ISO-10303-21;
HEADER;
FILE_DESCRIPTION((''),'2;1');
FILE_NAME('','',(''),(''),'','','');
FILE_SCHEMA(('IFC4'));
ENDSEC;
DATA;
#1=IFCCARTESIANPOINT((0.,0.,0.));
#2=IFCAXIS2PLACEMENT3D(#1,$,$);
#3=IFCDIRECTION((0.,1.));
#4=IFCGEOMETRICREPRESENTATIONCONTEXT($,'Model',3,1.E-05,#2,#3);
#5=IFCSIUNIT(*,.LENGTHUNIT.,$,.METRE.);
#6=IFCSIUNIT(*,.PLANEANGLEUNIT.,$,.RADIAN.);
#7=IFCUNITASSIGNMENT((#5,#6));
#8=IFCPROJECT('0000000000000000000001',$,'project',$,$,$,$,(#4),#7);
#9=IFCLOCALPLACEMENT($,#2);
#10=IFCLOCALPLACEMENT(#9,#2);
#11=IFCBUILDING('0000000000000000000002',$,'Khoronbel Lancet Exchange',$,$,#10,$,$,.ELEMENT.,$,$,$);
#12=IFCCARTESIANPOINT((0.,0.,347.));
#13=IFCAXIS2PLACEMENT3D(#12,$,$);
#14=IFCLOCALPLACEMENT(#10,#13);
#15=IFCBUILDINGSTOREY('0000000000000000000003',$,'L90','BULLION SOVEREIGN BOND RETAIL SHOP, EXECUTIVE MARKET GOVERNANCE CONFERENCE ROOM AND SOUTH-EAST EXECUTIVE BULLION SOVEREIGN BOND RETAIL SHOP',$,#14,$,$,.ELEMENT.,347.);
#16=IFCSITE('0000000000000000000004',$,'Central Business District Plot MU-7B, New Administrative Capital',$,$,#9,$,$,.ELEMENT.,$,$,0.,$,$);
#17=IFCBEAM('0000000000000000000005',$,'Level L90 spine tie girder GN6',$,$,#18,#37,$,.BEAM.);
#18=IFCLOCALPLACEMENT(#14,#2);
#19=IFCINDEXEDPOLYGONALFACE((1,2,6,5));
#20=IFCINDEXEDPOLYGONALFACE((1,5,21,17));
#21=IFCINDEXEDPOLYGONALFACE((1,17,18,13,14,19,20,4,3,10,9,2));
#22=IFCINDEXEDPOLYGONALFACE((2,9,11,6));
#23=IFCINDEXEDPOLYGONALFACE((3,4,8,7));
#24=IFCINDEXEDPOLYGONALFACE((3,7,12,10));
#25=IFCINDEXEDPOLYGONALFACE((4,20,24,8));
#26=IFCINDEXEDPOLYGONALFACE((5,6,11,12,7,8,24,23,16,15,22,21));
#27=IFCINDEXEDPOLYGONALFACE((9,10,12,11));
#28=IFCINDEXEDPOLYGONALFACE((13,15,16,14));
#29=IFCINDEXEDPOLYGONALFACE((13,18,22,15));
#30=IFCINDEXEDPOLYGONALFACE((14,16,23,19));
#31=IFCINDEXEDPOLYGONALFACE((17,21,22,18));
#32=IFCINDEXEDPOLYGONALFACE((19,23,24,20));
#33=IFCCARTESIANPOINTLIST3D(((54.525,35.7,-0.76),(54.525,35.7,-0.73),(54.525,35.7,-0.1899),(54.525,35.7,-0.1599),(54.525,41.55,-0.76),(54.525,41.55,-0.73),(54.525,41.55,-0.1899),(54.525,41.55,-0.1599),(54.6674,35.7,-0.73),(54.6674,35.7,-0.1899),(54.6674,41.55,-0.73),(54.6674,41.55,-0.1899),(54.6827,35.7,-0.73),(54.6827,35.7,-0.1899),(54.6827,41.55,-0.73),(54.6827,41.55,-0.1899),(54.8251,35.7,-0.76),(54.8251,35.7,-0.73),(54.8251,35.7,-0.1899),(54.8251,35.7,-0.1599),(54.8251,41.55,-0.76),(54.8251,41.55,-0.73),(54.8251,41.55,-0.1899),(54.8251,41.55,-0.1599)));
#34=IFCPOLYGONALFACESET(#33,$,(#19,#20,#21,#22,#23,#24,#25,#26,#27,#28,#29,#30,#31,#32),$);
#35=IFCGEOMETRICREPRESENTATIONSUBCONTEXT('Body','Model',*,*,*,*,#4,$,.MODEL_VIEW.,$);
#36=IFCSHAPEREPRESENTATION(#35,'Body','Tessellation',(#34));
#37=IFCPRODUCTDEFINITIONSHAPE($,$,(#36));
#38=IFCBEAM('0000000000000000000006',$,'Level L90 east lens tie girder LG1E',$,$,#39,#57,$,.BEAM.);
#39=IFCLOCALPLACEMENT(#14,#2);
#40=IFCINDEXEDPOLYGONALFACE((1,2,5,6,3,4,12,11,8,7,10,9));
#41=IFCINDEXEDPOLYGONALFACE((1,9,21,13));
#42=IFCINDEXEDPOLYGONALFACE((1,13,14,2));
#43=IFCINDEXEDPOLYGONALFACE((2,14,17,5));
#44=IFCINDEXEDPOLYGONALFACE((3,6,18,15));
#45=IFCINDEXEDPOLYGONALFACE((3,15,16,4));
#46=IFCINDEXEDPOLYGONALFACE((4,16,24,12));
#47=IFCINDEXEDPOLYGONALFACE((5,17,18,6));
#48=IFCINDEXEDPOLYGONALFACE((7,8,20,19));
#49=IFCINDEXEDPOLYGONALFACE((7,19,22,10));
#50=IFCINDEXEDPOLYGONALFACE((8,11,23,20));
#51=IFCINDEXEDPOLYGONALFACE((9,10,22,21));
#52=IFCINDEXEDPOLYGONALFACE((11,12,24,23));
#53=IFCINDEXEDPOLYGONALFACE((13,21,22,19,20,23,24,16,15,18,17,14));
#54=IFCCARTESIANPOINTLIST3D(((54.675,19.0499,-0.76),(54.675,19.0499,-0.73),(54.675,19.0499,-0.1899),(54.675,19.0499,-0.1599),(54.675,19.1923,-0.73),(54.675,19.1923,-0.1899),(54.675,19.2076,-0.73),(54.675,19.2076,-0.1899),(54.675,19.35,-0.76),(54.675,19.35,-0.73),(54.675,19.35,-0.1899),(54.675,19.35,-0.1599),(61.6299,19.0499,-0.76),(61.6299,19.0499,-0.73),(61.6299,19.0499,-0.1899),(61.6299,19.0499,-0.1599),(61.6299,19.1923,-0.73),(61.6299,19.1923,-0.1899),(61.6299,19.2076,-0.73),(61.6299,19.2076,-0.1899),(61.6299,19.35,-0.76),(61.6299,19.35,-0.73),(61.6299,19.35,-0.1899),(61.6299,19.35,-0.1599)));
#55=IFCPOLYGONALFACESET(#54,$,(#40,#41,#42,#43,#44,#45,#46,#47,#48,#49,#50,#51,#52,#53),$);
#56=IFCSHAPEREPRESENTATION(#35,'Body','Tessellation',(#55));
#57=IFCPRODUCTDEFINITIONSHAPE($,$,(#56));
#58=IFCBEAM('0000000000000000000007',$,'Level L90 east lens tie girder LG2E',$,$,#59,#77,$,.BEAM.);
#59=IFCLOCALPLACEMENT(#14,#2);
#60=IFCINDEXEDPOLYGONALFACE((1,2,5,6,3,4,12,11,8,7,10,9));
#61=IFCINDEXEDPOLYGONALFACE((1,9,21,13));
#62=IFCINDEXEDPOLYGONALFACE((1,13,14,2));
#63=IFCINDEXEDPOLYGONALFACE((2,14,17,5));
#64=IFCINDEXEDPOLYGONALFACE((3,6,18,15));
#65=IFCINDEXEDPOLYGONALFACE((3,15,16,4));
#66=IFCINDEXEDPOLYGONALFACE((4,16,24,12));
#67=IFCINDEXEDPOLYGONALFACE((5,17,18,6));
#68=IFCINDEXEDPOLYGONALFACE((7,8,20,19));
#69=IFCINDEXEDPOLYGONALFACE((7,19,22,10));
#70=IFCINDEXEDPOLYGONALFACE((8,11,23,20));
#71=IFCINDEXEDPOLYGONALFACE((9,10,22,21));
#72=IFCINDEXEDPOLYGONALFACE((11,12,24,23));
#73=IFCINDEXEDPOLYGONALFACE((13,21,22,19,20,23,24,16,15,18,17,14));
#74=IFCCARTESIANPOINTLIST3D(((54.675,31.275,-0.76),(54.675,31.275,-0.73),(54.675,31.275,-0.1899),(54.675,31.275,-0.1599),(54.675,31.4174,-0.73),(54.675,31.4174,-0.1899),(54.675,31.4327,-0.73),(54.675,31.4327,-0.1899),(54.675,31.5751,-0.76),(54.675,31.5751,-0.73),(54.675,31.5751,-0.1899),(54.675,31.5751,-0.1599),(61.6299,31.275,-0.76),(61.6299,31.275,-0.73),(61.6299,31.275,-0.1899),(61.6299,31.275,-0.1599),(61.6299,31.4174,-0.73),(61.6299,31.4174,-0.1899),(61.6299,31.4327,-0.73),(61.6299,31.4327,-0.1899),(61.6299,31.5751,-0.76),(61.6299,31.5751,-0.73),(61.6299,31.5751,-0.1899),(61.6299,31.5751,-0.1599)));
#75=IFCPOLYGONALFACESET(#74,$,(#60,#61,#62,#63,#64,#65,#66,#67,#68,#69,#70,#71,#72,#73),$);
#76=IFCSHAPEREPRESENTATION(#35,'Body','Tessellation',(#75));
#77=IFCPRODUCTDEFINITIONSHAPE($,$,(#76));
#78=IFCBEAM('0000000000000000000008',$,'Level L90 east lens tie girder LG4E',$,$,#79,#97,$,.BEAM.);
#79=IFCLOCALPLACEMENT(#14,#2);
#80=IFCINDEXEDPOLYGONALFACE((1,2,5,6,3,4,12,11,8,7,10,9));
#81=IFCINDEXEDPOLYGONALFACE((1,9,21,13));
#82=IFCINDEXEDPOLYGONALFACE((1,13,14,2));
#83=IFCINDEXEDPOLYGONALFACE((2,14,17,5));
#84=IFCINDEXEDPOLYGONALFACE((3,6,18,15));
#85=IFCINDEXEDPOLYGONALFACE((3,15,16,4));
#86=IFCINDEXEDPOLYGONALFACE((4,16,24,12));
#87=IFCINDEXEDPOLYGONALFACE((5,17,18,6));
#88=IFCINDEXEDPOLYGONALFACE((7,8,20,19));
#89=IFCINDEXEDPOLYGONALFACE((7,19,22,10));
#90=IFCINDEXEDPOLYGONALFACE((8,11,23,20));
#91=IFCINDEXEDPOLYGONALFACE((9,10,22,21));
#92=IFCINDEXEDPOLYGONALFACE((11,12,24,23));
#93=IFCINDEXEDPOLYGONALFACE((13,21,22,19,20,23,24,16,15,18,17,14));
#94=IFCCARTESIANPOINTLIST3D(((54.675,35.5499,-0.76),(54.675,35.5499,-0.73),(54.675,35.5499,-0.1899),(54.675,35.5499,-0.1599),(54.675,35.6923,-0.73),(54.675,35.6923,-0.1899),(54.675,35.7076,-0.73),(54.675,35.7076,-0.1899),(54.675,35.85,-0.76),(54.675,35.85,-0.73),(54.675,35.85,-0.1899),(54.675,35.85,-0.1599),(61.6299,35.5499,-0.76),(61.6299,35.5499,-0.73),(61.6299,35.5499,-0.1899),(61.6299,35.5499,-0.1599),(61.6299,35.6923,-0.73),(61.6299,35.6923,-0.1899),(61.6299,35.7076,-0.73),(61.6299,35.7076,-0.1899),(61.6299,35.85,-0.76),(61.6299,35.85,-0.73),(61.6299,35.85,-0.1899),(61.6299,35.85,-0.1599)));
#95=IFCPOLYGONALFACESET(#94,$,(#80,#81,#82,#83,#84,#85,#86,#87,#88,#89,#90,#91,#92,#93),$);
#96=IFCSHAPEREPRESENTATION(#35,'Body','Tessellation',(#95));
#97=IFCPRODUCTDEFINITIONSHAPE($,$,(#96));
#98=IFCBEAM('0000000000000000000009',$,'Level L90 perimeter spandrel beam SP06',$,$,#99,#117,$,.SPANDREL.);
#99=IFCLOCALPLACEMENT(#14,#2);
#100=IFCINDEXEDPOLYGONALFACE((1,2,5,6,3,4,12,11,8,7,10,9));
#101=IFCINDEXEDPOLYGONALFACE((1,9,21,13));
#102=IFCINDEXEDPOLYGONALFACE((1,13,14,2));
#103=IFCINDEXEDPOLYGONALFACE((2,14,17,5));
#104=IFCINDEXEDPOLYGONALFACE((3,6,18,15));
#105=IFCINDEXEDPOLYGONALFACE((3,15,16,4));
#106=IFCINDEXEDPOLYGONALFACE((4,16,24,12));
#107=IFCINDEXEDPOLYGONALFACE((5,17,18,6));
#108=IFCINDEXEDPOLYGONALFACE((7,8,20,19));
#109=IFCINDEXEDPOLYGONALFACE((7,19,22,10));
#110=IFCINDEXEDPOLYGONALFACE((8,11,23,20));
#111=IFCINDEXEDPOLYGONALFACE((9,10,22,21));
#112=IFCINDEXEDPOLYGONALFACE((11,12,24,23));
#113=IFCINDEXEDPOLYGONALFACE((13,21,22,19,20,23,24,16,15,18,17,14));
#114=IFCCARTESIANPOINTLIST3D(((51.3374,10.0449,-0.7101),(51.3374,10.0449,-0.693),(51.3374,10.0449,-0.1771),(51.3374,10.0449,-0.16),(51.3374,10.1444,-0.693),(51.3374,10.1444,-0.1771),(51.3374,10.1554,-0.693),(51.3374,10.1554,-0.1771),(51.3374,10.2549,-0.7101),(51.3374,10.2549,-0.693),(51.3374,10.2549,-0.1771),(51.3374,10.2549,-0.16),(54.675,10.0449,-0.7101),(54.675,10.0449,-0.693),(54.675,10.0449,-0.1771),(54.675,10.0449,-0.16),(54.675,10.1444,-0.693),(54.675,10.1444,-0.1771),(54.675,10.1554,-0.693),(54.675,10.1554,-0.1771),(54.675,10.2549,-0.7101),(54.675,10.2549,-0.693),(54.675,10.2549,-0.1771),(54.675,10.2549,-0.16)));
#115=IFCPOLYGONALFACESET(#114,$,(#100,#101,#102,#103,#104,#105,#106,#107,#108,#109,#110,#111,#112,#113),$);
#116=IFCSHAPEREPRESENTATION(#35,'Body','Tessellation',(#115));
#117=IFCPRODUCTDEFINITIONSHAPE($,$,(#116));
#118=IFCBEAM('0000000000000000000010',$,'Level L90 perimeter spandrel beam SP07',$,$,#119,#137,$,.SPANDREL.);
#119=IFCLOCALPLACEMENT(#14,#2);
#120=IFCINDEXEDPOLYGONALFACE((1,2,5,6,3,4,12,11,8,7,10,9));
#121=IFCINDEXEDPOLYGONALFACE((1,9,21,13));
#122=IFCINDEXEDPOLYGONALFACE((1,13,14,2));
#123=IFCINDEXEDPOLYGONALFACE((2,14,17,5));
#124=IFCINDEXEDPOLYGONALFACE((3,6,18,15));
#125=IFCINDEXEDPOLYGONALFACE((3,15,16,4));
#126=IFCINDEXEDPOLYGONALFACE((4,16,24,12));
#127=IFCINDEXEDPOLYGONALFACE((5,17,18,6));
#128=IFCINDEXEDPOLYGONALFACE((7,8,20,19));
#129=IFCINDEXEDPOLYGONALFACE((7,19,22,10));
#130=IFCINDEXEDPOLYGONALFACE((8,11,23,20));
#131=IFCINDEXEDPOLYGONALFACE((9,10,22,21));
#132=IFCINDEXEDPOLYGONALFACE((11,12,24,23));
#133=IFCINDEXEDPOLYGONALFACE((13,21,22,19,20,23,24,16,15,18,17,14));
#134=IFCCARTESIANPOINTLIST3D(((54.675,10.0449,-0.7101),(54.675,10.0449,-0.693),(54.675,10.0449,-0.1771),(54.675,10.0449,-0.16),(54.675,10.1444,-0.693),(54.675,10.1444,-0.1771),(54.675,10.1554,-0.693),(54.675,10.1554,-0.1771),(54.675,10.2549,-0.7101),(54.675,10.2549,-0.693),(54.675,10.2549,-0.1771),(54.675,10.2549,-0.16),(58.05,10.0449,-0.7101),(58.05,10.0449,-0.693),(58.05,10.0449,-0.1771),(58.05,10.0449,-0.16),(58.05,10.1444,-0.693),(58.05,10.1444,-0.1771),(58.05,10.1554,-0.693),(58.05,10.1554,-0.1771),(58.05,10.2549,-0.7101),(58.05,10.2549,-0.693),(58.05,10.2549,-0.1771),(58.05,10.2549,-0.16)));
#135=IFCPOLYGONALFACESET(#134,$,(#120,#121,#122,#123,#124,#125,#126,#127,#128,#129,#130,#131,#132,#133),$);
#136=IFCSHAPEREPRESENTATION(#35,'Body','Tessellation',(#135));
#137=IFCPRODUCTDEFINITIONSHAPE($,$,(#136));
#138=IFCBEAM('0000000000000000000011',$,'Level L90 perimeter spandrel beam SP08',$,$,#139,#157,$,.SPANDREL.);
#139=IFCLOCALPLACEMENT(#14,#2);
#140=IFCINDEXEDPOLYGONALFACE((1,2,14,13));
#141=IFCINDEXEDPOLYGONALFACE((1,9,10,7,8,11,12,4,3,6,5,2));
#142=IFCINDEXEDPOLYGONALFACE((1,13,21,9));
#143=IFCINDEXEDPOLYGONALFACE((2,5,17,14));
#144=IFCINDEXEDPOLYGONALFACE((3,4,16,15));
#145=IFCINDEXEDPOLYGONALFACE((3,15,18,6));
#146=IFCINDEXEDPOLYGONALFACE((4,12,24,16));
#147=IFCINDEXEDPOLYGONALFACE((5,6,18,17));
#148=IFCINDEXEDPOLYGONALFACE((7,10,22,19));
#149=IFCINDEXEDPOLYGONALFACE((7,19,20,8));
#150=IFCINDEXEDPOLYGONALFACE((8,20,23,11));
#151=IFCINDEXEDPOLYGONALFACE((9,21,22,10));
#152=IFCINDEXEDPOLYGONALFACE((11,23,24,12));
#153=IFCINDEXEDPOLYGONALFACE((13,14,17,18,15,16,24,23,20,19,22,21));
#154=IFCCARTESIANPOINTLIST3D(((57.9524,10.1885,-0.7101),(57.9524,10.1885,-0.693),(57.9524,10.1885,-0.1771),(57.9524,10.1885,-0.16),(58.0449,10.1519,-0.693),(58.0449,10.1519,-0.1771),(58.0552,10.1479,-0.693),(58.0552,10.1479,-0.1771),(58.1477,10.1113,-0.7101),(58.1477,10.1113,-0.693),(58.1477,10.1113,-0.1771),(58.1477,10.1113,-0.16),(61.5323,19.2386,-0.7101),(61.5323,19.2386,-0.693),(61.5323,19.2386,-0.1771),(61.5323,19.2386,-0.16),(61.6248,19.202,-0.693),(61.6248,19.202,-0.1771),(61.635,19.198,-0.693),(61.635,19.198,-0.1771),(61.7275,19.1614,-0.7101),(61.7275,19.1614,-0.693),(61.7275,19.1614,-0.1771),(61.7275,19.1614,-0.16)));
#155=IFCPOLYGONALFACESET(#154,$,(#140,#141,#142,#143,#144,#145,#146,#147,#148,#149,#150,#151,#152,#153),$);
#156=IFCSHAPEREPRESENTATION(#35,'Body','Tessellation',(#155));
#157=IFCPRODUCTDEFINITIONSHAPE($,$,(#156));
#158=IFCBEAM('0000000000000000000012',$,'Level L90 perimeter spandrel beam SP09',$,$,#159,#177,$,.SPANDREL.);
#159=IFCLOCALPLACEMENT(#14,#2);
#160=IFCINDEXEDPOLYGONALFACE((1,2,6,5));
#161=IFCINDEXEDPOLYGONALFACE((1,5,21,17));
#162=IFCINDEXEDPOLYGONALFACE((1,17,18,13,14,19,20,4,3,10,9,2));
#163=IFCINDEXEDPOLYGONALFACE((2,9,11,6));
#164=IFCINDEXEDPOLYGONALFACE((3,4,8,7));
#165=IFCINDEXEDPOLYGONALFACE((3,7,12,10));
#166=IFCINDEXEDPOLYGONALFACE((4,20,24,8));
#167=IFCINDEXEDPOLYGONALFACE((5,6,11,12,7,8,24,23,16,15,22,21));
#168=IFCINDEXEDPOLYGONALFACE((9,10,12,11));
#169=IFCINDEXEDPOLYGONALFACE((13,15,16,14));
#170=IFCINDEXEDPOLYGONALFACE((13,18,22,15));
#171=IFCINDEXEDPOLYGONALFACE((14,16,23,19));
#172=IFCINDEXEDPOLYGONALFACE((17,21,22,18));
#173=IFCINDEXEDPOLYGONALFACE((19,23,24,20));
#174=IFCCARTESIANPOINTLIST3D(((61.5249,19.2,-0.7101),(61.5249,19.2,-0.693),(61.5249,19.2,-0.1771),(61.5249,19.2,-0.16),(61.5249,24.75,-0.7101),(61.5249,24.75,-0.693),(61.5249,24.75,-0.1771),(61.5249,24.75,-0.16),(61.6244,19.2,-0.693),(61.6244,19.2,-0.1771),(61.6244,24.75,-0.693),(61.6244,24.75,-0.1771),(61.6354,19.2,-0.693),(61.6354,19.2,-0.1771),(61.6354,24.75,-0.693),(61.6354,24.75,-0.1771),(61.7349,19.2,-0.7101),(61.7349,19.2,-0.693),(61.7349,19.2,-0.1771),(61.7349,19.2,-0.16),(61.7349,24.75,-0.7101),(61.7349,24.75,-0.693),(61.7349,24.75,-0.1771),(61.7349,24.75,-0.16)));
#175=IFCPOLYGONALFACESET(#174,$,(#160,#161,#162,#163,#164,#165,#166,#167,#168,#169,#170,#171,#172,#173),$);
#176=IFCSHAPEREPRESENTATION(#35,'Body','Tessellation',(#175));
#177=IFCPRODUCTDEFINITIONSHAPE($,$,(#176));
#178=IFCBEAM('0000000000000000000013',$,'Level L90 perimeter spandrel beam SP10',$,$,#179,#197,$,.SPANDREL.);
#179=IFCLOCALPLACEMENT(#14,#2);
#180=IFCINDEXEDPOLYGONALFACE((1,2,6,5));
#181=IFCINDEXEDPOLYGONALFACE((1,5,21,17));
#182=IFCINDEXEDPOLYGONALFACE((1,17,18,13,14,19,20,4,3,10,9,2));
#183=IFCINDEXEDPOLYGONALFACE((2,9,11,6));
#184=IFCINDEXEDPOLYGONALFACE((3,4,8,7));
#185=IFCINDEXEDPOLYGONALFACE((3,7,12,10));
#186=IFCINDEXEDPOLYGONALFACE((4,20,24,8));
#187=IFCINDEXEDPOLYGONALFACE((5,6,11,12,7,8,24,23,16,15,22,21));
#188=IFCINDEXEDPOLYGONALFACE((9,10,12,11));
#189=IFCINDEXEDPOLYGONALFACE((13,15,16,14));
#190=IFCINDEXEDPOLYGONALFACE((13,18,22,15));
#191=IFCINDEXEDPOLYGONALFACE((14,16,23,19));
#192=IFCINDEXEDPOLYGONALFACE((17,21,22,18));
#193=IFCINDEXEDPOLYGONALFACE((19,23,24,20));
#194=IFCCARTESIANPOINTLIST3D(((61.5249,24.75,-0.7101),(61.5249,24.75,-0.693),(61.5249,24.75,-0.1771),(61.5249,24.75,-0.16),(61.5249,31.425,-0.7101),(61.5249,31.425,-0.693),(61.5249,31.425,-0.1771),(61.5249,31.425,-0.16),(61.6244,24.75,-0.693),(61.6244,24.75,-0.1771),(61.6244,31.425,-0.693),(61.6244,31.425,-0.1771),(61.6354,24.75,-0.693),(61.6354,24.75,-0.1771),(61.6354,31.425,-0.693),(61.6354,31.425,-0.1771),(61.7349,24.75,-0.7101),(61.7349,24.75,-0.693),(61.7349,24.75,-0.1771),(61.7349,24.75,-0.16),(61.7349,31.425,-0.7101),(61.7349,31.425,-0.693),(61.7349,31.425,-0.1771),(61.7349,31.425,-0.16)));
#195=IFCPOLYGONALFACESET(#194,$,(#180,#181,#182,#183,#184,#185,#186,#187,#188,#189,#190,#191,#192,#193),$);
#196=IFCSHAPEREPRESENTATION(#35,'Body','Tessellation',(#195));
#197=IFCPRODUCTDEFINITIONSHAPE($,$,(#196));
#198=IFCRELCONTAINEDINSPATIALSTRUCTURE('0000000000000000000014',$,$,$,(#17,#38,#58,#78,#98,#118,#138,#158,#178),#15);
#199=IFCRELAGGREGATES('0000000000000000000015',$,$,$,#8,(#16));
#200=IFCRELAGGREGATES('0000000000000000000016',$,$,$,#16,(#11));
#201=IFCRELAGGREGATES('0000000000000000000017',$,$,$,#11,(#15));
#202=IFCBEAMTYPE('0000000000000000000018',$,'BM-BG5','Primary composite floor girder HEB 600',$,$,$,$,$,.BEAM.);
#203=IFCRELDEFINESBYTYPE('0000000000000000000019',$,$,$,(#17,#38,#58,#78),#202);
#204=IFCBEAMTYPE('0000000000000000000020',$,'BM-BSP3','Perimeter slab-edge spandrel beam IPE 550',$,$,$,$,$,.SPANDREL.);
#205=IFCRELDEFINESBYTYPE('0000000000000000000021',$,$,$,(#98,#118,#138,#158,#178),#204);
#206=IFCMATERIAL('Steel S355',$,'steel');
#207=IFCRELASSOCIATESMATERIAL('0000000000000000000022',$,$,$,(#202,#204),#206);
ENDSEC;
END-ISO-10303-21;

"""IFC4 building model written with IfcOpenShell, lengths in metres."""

from ifc_helpers import new_model, si_unit, direction, frame, origin, origin_2d, place, context, subcontext, project, spatial, i_section, extrude, material, material_profile, profile_set, type_object, element, save


model = new_model("IFC4")

# Units and contexts
model_context = context("Model", 3, precision=1e-05, world=origin(), true_north=direction((0.0, 1.0)))
body_context = subcontext(model_context, "Body", "Model", "MODEL_VIEW")
ifc_project = project(units=[si_unit("LENGTHUNIT", "METRE"), si_unit("PLANEANGLEUNIT", "RADIAN")], contexts=[model_context])

# Site, building, storey
site_placement = place(None, origin())
site = spatial("IfcSite", under=ifc_project, at=site_placement, Name="Central Business District Plot MU-7B, New Administrative Capital", CompositionType="ELEMENT", RefElevation=0.0)
building_placement = place(site_placement, origin())
building = spatial("IfcBuilding", under=site, at=building_placement, Name="Khoronbel Lancet Exchange", CompositionType="ELEMENT")
storey_placement = place(building_placement, frame((0.0, 0.0, 347.0)))
storey = spatial("IfcBuildingStorey", under=building, at=storey_placement, Name="L90", Description="BULLION SOVEREIGN BOND RETAIL SHOP, EXECUTIVE MARKET GOVERNANCE CONFERENCE ROOM AND SOUTH-EAST EXECUTIVE BULLION SOVEREIGN BOND RETAIL SHOP", CompositionType="ELEMENT", Elevation=347.0)

# Shared definitions
ifc_material_1 = material(Name="Steel S355", Category="steel")

# Beams
ifc_material_profile_1 = material_profile(ifc_material_1, i_section(OverallWidth=0.3, OverallDepth=0.6001, WebThickness=0.0154, FlangeThickness=0.03, at=origin_2d()), Name="HEB 600")
ifc_profile_set_1 = profile_set([ifc_material_profile_1], Name="Steel S355")
beam_type_1 = type_object("IfcBeamType", Name="BM-BG5", Description="Primary composite floor girder HEB 600", PredefinedType="BEAM", material=ifc_profile_set_1)
beam_1_placement = place(storey_placement, frame((54.675, 35.7, -0.46), z_axis=(0.0, 1.0, 0.0), x_axis=(-1.0, 0.0, 0.0)))
element("IfcBeam", 1, at=beam_1_placement, inside=storey, type_object=beam_type_1, Name="Level L90 spine tie girder GN6", PredefinedType="BEAM", context=body_context, shape_type="SweptSolid", body=[
    extrude(i_section(OverallWidth=0.3, OverallDepth=0.6001, WebThickness=0.0154, FlangeThickness=0.03, at=origin_2d()), origin(), (0.0, 0.0, 1.0), 5.8501),
])
for number, where, z_axis, x_axis, name in (
    (2, (54.675, 19.2, -0.46), (1.0, 0.0, 0.0), (0.0, 1.0, 0.0), "Level L90 east lens tie girder LG1E"),
    (3, (54.675, 31.425, -0.46), (1.0, 0.0, 0.0), (0.0, 1.0, 0.0), "Level L90 east lens tie girder LG2E"),
    (4, (54.675, 35.7, -0.46), (1.0, 0.0, 0.0), (0.0, 1.0, 0.0), "Level L90 east lens tie girder LG4E"),
):
    element("IfcBeam", number, at=place(storey_placement, frame(where, z_axis=z_axis, x_axis=x_axis)), inside=storey, type_object=beam_type_1, Name=name, PredefinedType="BEAM", context=body_context, shape_type="SweptSolid", body=[
        extrude(i_section(OverallWidth=0.3, OverallDepth=0.6001, WebThickness=0.0154, FlangeThickness=0.03, at=origin_2d()), origin(), (0.0, 0.0, 1.0), 6.9548),
    ])
ifc_material_profile_2 = material_profile(ifc_material_1, i_section(OverallWidth=0.21, OverallDepth=0.55, WebThickness=0.011, FlangeThickness=0.0171, at=origin_2d()), Name="IPE 550")
ifc_profile_set_2 = profile_set([ifc_material_profile_2], Name="Steel S355")
beam_type_2 = type_object("IfcBeamType", Name="BM-BSP3", Description="Perimeter slab-edge spandrel beam IPE 550", PredefinedType="SPANDREL", material=ifc_profile_set_2)
beam_2_placement = place(storey_placement, frame((51.3374, 10.1499, -0.4351), z_axis=(1.0, 0.0, 0.0), x_axis=(0.0, 1.0, 0.0)))
element("IfcBeam", 5, at=beam_2_placement, inside=storey, type_object=beam_type_2, Name="Level L90 perimeter spandrel beam SP06", PredefinedType="SPANDREL", context=body_context, shape_type="SweptSolid", body=[
    extrude(i_section(OverallWidth=0.21, OverallDepth=0.55, WebThickness=0.011, FlangeThickness=0.0171, at=origin_2d()), origin(), (0.0, 0.0, 1.0), 3.3376),
])
beam_3_placement = place(storey_placement, frame((54.675, 10.1499, -0.4351), z_axis=(1.0, 0.0, 0.0), x_axis=(0.0, 1.0, 0.0)))
element("IfcBeam", 6, at=beam_3_placement, inside=storey, type_object=beam_type_2, Name="Level L90 perimeter spandrel beam SP07", PredefinedType="SPANDREL", context=body_context, shape_type="SweptSolid", body=[
    extrude(i_section(OverallWidth=0.21, OverallDepth=0.55, WebThickness=0.011, FlangeThickness=0.0171, at=origin_2d()), origin(), (0.0, 0.0, 1.0), 3.375),
])
beam_4_placement = place(storey_placement, frame((58.05, 10.1499, -0.4351), z_axis=(0.367828, 0.929894, 0.0), x_axis=(-0.929894, 0.367828, 0.0)))
element("IfcBeam", 7, at=beam_4_placement, inside=storey, type_object=beam_type_2, Name="Level L90 perimeter spandrel beam SP08", PredefinedType="SPANDREL", context=body_context, shape_type="SweptSolid", body=[
    extrude(i_section(OverallWidth=0.21, OverallDepth=0.55, WebThickness=0.011, FlangeThickness=0.0171, at=origin_2d()), origin(), (0.0, 0.0, 1.0), 9.7324),
])
beam_5_placement = place(storey_placement, frame((61.6299, 19.2, -0.4351), z_axis=(0.0, 1.0, 0.0), x_axis=(-1.0, 0.0, 0.0)))
element("IfcBeam", 8, at=beam_5_placement, inside=storey, type_object=beam_type_2, Name="Level L90 perimeter spandrel beam SP09", PredefinedType="SPANDREL", context=body_context, shape_type="SweptSolid", body=[
    extrude(i_section(OverallWidth=0.21, OverallDepth=0.55, WebThickness=0.011, FlangeThickness=0.0171, at=origin_2d()), origin(), (0.0, 0.0, 1.0), 5.55),
])
beam_6_placement = place(storey_placement, frame((61.6299, 24.75, -0.4351), z_axis=(0.0, 1.0, 0.0), x_axis=(-1.0, 0.0, 0.0)))
element("IfcBeam", 9, at=beam_6_placement, inside=storey, type_object=beam_type_2, Name="Level L90 perimeter spandrel beam SP10", PredefinedType="SPANDREL", context=body_context, shape_type="SweptSolid", body=[
    extrude(i_section(OverallWidth=0.21, OverallDepth=0.55, WebThickness=0.011, FlangeThickness=0.0171, at=origin_2d()), origin(), (0.0, 0.0, 1.0), 6.675),
])

save(model, "model.ifc")
